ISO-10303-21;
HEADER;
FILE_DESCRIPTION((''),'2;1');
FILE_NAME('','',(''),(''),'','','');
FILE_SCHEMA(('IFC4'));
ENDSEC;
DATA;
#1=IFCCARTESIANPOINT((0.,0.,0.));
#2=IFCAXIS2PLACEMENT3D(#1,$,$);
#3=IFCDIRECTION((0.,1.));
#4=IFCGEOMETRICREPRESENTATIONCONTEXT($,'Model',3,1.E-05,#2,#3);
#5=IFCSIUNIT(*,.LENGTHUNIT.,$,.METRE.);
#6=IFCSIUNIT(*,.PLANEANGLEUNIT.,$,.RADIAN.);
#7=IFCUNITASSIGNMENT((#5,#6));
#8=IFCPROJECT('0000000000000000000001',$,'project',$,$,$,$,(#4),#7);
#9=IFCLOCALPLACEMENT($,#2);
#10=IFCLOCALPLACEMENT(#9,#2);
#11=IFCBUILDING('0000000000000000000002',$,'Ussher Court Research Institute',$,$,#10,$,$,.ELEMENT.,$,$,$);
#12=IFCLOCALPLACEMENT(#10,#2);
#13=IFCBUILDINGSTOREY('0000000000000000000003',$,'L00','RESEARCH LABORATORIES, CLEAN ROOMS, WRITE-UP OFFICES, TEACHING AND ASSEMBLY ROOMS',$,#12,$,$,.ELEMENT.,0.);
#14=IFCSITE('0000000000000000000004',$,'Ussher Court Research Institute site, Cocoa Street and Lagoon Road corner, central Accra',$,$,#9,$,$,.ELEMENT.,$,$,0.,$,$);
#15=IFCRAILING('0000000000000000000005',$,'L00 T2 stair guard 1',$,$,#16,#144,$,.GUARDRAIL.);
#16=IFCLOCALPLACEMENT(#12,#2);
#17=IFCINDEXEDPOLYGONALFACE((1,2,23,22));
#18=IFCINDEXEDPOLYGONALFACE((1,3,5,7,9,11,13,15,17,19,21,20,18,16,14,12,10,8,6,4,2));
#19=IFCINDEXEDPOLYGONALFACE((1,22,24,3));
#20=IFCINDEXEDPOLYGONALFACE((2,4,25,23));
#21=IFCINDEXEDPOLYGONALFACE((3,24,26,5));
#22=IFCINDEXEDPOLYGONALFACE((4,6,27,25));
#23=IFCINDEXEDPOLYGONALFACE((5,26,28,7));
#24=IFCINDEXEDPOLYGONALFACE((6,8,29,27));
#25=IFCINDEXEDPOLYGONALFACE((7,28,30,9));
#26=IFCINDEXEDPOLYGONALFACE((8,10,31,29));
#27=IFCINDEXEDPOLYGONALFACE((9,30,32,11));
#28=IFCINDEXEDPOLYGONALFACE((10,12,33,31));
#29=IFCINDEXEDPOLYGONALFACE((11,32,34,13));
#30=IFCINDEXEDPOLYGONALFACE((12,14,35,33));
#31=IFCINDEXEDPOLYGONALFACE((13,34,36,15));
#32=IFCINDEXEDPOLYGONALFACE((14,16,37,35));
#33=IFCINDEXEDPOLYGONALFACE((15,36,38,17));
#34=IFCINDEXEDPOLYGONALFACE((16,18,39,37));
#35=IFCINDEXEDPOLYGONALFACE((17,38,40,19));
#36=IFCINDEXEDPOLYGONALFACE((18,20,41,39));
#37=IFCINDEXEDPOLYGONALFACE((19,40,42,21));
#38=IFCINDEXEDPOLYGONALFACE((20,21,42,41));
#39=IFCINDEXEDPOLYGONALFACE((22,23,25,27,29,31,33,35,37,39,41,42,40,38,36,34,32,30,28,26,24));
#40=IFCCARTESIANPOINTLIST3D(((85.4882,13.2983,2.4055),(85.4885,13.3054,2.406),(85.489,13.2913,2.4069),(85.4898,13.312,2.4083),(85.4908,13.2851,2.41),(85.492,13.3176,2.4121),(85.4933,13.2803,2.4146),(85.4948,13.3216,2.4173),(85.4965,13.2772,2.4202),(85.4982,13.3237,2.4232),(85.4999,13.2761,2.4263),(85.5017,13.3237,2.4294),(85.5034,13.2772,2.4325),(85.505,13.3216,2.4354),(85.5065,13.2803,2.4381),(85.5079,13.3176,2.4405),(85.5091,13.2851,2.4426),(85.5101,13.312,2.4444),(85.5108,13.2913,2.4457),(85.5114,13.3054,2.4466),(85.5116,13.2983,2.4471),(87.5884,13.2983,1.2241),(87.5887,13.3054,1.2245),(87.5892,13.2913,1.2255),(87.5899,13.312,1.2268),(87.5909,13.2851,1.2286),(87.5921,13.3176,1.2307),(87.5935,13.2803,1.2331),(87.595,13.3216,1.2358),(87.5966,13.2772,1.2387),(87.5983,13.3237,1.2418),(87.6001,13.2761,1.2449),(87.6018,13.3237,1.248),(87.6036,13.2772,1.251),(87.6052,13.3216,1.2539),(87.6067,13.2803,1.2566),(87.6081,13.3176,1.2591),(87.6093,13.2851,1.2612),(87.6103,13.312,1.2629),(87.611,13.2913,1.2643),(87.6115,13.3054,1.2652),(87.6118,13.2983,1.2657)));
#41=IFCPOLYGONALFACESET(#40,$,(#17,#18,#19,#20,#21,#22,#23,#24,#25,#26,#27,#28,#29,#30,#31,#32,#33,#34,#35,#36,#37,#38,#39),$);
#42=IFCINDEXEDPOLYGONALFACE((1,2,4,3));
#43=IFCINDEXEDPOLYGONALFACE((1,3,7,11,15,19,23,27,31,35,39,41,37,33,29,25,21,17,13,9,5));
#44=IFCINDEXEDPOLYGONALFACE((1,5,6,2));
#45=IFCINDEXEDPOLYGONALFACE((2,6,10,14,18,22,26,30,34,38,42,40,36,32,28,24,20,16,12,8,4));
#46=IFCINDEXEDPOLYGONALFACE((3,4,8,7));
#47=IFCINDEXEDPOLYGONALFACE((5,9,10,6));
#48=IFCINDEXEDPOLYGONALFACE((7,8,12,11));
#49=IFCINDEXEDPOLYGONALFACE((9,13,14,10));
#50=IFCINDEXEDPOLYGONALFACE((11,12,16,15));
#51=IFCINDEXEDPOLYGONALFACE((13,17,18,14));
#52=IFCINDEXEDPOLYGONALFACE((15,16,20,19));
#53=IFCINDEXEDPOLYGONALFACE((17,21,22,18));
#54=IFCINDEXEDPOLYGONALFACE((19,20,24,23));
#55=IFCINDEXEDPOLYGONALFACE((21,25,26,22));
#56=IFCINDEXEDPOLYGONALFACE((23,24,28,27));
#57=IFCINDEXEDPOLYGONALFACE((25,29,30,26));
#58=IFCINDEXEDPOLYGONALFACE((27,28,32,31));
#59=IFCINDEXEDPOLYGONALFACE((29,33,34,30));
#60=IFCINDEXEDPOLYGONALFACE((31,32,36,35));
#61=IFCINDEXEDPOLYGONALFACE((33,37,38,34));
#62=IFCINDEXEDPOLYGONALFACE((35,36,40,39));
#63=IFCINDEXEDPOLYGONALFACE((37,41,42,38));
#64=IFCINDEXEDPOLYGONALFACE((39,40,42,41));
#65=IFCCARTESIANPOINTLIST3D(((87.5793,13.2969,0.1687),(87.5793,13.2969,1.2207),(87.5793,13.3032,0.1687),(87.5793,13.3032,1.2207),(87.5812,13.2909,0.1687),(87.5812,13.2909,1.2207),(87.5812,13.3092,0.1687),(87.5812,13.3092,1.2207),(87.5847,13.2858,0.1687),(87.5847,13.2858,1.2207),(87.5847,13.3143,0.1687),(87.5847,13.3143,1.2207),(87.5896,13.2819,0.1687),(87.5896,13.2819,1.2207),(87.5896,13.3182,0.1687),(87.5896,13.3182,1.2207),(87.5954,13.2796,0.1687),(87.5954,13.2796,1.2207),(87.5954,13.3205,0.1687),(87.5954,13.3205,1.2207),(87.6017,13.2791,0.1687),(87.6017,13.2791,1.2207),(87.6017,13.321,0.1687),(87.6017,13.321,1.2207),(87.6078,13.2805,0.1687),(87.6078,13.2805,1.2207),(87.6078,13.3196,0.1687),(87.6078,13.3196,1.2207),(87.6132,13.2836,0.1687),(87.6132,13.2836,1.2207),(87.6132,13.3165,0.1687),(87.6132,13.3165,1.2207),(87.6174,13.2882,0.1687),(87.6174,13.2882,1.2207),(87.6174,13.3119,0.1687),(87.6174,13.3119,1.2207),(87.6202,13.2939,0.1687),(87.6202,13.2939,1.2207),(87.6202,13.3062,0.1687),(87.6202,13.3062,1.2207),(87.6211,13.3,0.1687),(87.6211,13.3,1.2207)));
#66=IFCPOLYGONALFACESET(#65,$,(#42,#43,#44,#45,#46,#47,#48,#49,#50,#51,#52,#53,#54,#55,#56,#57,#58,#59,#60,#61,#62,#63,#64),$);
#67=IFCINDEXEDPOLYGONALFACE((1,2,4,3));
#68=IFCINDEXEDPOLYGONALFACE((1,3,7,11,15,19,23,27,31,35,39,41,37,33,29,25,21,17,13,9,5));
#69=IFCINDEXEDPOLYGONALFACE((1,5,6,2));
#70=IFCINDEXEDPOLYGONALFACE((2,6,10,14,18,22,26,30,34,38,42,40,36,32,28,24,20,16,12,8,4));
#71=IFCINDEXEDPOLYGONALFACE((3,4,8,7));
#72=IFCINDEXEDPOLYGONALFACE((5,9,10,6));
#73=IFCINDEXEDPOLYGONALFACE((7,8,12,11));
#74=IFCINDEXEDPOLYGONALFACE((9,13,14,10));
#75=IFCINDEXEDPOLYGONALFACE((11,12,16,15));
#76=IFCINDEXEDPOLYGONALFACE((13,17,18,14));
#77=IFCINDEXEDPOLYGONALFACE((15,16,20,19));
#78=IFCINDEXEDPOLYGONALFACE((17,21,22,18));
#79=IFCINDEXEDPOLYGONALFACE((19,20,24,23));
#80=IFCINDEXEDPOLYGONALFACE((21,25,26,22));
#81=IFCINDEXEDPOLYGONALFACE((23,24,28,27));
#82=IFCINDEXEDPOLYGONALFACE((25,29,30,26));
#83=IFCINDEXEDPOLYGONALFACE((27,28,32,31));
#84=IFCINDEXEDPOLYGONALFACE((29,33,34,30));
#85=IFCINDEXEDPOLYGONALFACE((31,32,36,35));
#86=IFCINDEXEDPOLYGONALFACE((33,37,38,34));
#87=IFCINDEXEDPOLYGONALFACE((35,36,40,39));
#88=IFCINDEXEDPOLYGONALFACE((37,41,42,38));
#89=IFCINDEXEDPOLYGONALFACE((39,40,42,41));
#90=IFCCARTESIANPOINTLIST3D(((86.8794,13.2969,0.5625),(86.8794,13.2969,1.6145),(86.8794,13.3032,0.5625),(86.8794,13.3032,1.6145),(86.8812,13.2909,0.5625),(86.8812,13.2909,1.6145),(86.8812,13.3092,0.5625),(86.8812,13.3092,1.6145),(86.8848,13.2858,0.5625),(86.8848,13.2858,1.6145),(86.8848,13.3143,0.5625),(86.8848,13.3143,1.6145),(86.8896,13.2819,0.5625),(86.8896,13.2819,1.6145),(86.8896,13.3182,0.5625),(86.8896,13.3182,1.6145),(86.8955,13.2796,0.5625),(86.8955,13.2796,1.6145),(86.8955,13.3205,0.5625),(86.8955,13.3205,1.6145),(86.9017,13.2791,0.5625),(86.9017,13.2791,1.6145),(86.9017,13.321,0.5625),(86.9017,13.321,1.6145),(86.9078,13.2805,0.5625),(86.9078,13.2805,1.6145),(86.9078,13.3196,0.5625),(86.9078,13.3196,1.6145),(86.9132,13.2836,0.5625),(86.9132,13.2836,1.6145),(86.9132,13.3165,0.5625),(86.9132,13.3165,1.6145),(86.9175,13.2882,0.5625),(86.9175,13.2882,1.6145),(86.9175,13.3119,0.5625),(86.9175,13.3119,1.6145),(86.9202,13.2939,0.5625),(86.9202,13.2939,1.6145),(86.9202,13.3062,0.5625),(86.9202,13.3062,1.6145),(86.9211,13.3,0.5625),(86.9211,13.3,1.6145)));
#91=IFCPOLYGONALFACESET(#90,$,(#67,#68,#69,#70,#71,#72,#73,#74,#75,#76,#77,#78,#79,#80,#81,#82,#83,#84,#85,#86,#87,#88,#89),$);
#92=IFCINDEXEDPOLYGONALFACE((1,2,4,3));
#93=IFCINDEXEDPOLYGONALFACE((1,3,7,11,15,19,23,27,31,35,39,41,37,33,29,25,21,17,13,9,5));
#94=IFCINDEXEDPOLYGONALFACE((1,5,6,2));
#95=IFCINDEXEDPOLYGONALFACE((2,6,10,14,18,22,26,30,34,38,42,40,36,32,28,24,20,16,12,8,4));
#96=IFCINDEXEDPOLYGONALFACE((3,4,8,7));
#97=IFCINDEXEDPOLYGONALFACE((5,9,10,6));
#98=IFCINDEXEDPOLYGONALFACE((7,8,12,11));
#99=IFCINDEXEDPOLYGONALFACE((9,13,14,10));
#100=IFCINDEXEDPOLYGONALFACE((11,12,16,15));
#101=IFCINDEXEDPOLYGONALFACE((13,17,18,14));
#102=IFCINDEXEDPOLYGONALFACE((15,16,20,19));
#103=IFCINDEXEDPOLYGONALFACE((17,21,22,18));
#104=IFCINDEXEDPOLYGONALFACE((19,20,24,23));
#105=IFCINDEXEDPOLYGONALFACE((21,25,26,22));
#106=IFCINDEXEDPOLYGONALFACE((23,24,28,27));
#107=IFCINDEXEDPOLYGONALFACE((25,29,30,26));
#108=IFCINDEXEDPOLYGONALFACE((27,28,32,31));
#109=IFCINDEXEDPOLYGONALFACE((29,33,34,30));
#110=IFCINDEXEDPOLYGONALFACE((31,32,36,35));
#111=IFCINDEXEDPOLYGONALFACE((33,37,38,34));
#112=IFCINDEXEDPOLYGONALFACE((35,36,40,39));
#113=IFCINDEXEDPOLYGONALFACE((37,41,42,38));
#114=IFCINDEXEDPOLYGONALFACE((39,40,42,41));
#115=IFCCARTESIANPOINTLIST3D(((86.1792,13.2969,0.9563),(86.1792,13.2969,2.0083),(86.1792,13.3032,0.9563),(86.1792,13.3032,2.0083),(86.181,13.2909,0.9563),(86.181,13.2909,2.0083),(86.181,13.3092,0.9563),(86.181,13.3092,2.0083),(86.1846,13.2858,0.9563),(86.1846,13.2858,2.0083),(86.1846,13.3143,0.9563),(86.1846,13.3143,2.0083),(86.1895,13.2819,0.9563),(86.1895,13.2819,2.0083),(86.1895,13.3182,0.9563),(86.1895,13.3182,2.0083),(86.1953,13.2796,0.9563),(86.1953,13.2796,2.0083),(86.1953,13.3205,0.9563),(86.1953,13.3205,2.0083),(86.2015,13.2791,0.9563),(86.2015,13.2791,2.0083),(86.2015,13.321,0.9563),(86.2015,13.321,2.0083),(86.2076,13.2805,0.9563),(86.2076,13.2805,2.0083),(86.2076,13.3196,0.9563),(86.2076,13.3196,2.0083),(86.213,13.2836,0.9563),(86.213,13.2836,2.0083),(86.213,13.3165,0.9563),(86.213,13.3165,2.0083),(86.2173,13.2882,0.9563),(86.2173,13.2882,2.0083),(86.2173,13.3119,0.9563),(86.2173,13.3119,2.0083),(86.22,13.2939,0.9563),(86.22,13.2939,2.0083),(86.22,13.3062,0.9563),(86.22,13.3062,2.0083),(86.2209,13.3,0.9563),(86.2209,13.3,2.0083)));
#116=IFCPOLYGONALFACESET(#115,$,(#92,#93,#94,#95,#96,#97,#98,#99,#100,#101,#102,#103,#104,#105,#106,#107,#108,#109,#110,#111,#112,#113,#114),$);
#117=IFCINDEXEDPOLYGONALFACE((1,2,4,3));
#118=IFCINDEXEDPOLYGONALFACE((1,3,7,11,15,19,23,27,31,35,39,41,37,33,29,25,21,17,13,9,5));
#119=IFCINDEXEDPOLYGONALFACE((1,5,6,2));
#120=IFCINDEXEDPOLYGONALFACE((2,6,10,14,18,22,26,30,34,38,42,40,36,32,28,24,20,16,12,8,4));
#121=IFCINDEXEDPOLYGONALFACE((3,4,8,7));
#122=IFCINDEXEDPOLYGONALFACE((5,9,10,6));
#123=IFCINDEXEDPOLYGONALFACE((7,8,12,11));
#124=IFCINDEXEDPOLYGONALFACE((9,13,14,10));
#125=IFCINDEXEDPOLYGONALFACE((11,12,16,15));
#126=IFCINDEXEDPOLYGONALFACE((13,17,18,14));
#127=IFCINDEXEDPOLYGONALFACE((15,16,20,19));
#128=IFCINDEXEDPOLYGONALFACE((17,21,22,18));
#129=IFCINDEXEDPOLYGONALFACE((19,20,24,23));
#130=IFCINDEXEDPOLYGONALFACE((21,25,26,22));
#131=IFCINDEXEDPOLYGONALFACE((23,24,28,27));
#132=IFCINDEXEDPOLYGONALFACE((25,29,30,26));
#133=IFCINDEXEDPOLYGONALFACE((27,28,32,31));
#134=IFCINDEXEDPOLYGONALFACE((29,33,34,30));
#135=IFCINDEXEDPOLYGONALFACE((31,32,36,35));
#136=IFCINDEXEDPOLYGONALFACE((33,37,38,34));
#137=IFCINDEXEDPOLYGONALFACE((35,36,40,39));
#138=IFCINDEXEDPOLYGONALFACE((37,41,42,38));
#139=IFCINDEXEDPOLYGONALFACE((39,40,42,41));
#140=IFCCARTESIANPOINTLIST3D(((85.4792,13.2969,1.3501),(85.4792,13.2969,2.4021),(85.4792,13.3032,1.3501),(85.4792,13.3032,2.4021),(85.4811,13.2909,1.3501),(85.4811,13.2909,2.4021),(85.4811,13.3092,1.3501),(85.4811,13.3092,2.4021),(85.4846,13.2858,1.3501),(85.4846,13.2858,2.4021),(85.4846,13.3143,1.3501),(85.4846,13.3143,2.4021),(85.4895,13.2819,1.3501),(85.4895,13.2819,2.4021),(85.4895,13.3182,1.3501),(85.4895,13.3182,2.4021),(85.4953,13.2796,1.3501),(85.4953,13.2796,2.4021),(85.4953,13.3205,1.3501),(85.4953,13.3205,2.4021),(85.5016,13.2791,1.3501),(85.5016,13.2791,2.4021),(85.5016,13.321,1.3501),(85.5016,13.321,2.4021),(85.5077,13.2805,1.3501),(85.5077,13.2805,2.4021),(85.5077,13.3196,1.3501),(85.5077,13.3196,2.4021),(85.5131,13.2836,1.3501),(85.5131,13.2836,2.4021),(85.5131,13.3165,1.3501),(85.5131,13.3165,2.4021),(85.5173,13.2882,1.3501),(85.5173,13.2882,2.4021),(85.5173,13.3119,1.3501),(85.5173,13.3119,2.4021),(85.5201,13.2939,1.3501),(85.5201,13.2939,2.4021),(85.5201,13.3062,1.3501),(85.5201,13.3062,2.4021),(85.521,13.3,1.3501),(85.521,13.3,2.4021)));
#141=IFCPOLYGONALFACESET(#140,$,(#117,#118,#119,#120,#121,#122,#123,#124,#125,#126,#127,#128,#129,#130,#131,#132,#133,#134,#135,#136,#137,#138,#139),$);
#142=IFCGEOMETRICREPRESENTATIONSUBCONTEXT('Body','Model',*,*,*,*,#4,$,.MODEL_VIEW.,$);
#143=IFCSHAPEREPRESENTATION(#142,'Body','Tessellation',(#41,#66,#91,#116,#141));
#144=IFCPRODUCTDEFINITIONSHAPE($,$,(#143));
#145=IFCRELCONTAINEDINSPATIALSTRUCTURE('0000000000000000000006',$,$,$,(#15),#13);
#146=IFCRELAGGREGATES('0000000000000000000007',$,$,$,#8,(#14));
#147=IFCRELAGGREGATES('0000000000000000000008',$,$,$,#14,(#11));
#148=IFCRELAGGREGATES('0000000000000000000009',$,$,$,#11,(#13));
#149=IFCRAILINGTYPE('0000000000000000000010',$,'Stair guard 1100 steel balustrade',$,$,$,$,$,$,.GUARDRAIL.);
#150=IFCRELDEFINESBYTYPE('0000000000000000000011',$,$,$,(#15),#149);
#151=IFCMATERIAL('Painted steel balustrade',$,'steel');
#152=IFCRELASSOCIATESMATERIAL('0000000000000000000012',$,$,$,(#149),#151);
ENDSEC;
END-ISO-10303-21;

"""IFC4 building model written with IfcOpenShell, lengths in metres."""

from ifc_helpers import new_model, si_unit, direction, frame, origin, origin_2d, place, context, subcontext, project, spatial, circle, extrude, material, type_object, element, save


model = new_model("IFC4")

# Units and contexts
model_context = context("Model", 3, precision=1e-05, world=origin(), true_north=direction((0.0, 1.0)))
body_context = subcontext(model_context, "Body", "Model", "MODEL_VIEW")
ifc_project = project(units=[si_unit("LENGTHUNIT", "METRE"), si_unit("PLANEANGLEUNIT", "RADIAN")], contexts=[model_context])

# Site, building, storey
site_placement = place(None, origin())
site = spatial("IfcSite", under=ifc_project, at=site_placement, Name="Ussher Court Research Institute site, Cocoa Street and Lagoon Road corner, central Accra", CompositionType="ELEMENT", RefElevation=0.0)
building_placement = place(site_placement, origin())
building = spatial("IfcBuilding", under=site, at=building_placement, Name="Ussher Court Research Institute", CompositionType="ELEMENT")
storey_placement = place(building_placement, origin())
storey = spatial("IfcBuildingStorey", under=building, at=storey_placement, Name="L00", Description="RESEARCH LABORATORIES, CLEAN ROOMS, WRITE-UP OFFICES, TEACHING AND ASSEMBLY ROOMS", CompositionType="ELEMENT", Elevation=0.0)

# Railing
ifc_material_1 = material(Name="Painted steel balustrade", Category="steel")
railing_type = type_object("IfcRailingType", Name="Stair guard 1100 steel balustrade", PredefinedType="GUARDRAIL", material=ifc_material_1)
railing_1_placement = place(storey_placement, frame((87.6001, 13.3, 0.1687)))
element("IfcRailing", 1, at=railing_1_placement, inside=storey, type_object=railing_type, Name="L00 T2 stair guard 1", PredefinedType="GUARDRAIL", context=body_context, shape_type="SweptSolid", body=[
    extrude(circle(Radius=0.0239, at=origin_2d()), frame((0.0, 0.0, 1.0762), z_axis=(-0.871559, 0.0, 0.49029), x_axis=(0.0, -1.0, 0.0)), (0.0, 0.0, 1.0), 2.4097),
    extrude(circle(Radius=0.021, at=origin_2d()), origin(), (0.0, 0.0, 1.0), 1.052),
    extrude(circle(Radius=0.021, at=origin_2d()), frame((-0.7, 0.0, 0.3938)), (0.0, 0.0, 1.0), 1.052),
    extrude(circle(Radius=0.021, at=origin_2d()), frame((-1.4001, 0.0, 0.7876)), (0.0, 0.0, 1.0), 1.052),
    extrude(circle(Radius=0.021, at=origin_2d()), frame((-2.1001, 0.0, 1.1814)), (0.0, 0.0, 1.0), 1.052),
])

save(model, "model.ifc")
